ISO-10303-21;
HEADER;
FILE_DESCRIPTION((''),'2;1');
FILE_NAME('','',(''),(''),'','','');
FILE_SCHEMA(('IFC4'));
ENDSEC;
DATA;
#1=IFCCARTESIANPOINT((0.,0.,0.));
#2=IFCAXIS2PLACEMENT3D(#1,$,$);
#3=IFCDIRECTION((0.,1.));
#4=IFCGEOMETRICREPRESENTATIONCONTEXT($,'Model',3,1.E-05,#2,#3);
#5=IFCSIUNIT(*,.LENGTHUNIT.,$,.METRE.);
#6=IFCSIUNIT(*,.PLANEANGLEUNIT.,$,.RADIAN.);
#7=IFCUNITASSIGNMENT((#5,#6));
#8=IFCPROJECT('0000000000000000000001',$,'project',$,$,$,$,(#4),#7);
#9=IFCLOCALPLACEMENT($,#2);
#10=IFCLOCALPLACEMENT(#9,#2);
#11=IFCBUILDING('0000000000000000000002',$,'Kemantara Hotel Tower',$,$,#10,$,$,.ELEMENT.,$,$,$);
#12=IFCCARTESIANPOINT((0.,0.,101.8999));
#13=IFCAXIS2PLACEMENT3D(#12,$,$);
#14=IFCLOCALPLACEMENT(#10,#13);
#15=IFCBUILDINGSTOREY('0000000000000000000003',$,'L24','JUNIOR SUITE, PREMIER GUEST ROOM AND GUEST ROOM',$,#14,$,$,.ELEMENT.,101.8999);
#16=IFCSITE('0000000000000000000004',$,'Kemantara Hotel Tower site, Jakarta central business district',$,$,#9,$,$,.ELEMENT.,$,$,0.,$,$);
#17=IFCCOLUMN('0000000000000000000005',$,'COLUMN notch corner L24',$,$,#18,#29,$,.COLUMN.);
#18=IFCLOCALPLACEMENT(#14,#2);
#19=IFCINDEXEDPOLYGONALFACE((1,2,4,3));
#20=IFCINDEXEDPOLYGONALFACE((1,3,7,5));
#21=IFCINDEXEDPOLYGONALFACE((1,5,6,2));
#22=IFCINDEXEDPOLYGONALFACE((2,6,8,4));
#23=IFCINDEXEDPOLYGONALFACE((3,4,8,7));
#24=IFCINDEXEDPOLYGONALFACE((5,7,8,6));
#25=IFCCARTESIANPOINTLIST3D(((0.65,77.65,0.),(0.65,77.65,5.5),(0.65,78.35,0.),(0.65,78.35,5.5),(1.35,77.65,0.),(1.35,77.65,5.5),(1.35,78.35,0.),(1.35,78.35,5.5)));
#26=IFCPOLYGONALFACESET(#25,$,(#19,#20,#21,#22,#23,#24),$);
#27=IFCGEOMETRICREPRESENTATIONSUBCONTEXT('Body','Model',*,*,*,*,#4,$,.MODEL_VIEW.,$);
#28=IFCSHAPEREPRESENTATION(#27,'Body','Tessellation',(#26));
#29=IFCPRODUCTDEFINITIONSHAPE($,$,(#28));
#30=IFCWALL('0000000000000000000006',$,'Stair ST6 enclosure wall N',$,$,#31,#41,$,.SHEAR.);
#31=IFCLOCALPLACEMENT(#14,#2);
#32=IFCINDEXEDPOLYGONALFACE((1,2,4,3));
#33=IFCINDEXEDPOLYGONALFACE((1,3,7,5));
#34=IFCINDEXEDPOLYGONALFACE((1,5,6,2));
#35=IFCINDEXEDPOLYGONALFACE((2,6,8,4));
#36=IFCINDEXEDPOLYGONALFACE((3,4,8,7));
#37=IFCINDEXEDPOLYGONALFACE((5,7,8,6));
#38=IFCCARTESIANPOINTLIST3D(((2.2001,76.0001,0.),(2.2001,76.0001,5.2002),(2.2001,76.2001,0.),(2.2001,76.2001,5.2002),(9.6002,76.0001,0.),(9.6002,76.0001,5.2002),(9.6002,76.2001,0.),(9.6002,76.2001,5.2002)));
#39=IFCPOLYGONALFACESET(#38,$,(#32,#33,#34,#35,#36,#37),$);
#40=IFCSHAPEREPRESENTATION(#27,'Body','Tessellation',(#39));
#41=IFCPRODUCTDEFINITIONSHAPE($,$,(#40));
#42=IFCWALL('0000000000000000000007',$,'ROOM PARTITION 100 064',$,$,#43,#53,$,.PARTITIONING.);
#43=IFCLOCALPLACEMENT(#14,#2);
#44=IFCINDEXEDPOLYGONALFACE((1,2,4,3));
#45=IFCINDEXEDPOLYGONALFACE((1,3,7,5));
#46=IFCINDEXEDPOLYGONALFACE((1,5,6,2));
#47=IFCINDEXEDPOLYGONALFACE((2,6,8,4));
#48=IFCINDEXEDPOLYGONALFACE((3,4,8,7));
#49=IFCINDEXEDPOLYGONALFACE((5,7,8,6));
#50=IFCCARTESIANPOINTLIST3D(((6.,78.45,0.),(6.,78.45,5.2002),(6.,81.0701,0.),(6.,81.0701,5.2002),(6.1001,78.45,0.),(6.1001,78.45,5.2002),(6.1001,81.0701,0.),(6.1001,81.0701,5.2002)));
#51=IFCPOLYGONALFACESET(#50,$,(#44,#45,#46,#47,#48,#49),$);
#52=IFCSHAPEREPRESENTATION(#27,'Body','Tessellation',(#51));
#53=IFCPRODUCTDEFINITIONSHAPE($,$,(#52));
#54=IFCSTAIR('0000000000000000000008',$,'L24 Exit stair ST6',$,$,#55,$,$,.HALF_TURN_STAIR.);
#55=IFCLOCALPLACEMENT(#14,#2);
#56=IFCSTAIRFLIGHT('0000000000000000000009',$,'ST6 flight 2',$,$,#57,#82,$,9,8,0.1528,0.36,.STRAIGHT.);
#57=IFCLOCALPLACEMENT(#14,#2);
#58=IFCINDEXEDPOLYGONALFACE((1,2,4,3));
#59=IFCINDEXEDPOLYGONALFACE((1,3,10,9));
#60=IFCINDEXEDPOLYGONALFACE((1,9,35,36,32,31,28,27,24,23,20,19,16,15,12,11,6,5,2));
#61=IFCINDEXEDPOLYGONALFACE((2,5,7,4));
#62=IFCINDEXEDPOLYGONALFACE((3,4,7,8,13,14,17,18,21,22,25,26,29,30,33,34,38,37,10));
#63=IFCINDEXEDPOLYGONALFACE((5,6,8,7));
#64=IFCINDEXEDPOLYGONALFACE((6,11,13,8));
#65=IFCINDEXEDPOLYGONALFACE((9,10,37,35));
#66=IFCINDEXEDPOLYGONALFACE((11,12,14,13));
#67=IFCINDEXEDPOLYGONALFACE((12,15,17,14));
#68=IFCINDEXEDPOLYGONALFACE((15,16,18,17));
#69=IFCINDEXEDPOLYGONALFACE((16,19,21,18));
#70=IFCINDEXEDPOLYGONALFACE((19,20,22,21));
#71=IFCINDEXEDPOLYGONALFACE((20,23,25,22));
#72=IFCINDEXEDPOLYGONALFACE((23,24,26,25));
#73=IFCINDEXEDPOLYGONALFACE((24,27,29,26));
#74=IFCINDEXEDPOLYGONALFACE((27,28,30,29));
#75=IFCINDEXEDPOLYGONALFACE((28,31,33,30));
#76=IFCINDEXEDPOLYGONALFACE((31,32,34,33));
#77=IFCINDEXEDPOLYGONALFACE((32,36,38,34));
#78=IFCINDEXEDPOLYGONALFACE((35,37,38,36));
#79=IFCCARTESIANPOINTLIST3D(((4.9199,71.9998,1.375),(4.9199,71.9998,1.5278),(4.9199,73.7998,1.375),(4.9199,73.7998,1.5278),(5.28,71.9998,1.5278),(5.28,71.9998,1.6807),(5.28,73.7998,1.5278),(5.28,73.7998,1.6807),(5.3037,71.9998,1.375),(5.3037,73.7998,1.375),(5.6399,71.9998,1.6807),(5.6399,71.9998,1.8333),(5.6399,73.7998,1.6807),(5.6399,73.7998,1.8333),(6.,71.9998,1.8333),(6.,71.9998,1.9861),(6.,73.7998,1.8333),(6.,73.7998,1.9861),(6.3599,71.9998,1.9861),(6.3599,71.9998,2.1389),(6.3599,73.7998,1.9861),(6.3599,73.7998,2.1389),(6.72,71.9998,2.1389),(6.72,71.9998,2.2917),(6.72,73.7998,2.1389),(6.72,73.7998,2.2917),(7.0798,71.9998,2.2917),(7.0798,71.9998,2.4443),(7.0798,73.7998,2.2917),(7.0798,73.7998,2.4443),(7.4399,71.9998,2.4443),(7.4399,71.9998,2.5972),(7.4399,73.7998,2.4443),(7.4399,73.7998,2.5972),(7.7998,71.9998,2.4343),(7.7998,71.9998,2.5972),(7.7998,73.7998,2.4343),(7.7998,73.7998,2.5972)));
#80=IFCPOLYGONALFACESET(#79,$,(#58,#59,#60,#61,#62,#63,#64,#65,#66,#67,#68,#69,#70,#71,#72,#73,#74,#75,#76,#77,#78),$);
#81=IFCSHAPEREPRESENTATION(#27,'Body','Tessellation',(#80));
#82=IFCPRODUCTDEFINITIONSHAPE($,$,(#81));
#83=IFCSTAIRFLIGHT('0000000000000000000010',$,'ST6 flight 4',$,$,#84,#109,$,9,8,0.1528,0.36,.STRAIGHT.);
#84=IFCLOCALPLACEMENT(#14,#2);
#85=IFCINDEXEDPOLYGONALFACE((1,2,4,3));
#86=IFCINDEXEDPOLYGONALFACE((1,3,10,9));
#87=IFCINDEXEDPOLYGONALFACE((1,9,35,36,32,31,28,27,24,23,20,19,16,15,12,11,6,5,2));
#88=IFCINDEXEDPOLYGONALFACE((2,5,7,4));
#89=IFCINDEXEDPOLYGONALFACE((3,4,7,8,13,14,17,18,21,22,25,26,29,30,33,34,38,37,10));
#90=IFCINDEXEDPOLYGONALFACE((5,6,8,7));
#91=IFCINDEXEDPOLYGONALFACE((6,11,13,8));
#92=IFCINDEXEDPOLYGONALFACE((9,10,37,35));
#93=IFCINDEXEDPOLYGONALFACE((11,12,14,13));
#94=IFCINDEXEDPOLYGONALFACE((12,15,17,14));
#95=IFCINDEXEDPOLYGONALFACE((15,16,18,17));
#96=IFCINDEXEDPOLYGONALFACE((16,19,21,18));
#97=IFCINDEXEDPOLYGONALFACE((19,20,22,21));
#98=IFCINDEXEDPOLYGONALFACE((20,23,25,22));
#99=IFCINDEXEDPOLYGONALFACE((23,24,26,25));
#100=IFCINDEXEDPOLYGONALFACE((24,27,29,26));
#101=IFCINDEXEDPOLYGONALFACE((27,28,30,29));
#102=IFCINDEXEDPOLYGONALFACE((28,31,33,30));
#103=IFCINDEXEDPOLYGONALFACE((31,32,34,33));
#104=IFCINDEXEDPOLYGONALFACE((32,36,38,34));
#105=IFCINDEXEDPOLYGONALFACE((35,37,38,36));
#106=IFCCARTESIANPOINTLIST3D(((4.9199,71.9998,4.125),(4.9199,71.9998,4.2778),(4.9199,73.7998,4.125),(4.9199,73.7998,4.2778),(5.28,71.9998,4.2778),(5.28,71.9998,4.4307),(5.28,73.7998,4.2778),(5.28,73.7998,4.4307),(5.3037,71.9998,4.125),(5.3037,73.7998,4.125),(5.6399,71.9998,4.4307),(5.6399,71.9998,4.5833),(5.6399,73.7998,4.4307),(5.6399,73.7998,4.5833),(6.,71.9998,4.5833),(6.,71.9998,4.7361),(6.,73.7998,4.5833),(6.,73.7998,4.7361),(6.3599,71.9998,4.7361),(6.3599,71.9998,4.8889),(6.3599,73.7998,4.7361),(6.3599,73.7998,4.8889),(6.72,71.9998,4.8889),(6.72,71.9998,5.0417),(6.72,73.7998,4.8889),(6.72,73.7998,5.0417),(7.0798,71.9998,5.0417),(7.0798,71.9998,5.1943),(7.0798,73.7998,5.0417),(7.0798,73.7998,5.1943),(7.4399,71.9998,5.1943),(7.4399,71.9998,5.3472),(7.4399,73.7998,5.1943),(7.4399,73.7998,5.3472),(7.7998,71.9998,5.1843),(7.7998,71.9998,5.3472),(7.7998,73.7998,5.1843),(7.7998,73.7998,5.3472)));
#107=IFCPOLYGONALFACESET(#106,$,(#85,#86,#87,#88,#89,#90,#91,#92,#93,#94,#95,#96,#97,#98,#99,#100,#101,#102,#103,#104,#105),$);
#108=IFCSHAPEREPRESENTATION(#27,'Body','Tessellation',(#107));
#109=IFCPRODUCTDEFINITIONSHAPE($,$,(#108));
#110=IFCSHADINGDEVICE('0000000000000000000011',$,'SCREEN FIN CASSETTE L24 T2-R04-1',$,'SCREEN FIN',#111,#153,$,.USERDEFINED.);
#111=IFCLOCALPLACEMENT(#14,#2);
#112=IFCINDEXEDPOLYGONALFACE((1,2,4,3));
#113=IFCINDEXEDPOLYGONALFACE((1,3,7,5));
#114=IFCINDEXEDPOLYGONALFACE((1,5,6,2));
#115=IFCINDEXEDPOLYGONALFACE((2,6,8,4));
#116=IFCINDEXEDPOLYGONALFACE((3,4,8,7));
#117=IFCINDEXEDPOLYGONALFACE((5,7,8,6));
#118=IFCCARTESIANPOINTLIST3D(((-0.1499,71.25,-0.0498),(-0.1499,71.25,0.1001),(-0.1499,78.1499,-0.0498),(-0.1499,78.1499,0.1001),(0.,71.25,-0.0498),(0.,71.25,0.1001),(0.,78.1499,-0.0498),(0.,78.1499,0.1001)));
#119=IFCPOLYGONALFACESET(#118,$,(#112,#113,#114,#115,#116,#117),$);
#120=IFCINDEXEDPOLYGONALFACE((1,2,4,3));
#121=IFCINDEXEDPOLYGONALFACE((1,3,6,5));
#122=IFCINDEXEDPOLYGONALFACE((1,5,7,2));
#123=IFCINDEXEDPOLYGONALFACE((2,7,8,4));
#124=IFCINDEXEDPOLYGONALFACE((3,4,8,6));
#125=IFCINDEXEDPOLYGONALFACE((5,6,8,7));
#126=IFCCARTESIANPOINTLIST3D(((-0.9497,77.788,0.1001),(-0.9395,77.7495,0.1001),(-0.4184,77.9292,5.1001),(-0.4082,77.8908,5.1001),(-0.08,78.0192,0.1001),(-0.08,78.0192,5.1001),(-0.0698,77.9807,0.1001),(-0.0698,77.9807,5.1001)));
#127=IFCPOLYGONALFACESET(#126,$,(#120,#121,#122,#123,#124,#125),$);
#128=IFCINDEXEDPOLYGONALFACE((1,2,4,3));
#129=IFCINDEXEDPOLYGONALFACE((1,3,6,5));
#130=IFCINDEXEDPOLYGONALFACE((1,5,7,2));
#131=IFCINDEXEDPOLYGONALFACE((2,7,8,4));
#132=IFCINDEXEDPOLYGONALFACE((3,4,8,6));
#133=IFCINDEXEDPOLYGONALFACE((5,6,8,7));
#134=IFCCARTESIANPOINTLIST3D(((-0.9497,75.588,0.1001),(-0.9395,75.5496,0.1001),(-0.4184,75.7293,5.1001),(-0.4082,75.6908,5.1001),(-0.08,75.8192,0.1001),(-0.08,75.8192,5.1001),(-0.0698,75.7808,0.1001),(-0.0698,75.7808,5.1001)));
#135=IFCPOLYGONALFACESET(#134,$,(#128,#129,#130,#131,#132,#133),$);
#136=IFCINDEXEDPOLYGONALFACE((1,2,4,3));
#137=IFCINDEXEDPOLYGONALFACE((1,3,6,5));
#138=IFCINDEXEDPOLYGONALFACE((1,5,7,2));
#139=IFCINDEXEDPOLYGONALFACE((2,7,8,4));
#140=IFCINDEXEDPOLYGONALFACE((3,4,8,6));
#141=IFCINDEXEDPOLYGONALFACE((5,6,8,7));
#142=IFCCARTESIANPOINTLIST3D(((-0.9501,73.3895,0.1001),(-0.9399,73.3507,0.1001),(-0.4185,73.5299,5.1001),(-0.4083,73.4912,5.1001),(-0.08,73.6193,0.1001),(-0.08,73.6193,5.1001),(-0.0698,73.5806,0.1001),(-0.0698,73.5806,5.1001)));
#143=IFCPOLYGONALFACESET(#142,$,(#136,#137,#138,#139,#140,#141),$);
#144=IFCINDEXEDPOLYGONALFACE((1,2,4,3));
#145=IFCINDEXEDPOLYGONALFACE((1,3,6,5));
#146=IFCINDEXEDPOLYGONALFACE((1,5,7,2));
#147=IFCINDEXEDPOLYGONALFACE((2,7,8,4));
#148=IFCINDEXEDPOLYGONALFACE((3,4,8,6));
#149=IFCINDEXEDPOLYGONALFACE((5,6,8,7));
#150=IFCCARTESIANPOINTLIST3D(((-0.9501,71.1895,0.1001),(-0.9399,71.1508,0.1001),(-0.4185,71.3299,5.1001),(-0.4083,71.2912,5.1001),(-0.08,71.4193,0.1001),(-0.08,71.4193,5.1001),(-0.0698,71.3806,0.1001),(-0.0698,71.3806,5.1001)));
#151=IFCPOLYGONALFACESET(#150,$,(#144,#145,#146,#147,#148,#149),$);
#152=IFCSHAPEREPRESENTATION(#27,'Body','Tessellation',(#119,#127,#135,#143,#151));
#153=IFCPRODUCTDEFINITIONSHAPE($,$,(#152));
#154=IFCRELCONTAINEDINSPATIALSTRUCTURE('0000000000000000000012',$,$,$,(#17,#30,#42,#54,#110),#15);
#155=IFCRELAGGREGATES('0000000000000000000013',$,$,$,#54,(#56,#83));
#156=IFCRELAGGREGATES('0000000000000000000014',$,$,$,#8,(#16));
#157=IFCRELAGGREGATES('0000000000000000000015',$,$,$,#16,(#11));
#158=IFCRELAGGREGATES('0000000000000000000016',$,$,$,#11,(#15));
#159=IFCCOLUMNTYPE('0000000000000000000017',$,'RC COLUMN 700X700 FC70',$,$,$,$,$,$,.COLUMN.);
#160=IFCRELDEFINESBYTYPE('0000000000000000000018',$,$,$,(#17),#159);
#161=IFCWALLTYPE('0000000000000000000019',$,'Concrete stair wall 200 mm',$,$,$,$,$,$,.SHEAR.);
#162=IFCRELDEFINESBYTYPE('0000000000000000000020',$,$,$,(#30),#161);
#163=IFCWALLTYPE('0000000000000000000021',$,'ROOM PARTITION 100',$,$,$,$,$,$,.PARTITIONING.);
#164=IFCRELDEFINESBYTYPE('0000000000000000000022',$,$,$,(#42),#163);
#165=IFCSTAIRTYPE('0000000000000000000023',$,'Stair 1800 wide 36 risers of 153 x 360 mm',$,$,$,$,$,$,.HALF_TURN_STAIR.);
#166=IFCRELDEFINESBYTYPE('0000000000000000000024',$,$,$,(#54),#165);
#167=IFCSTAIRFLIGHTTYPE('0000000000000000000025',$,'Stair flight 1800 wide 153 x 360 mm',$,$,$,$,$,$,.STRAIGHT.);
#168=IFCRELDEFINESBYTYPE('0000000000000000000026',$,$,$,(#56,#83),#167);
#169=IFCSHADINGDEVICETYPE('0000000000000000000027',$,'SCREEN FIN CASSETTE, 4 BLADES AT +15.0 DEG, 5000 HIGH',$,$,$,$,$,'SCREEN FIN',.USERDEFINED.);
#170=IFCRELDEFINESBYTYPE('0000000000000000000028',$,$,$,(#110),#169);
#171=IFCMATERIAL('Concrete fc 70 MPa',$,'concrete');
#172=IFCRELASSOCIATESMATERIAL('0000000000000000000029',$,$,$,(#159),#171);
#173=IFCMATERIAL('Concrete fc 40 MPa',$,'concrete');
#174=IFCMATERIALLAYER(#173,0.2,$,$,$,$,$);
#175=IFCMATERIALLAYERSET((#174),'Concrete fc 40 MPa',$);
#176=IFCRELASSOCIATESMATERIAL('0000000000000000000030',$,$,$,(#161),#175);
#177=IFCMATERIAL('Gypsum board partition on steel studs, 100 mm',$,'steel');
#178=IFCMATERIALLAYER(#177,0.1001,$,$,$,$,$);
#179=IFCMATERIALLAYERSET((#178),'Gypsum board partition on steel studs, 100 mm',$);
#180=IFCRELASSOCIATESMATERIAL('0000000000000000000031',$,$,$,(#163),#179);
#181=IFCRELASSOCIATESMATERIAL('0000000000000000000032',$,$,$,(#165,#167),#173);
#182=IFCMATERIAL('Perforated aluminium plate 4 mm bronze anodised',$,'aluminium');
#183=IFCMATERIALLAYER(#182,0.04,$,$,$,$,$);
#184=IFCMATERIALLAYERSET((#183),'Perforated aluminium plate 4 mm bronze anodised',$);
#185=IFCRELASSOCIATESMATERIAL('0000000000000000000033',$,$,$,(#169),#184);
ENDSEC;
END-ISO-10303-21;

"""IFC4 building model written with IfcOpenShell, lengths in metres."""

from ifc_helpers import new_model, si_unit, direction, frame, frame_2d, origin, origin_2d, place, context, subcontext, project, spatial, polyline, rectangle, outline, extrude, source, transform, mapped, material, layer, layer_set, material_profile, profile_set, type_object, element, aggregate, save


model = new_model("IFC4")

# Units and contexts
model_context = context("Model", 3, precision=1e-05, world=origin(), true_north=direction((0.0, 1.0)))
body_context = subcontext(model_context, "Body", "Model", "MODEL_VIEW")
ifc_project = project(units=[si_unit("LENGTHUNIT", "METRE"), si_unit("PLANEANGLEUNIT", "RADIAN")], contexts=[model_context])

# Site, building, storey
site_placement = place(None, origin())
site = spatial("IfcSite", under=ifc_project, at=site_placement, Name="Kemantara Hotel Tower site, Jakarta central business district", CompositionType="ELEMENT", RefElevation=0.0)
building_placement = place(site_placement, origin())
building = spatial("IfcBuilding", under=site, at=building_placement, Name="Kemantara Hotel Tower", CompositionType="ELEMENT")
storey_placement = place(building_placement, frame((0.0, 0.0, 101.8999)))
storey = spatial("IfcBuildingStorey", under=building, at=storey_placement, Name="L24", Description="JUNIOR SUITE, PREMIER GUEST ROOM AND GUEST ROOM", CompositionType="ELEMENT", Elevation=101.8999)

# Column
ifc_material_1 = material(Name="Concrete fc 70 MPa", Category="concrete")
ifc_material_profile = material_profile(ifc_material_1, rectangle(XDim=0.7, YDim=0.7, at=origin_2d()), Name="RC 700X700")
ifc_profile_set = profile_set([ifc_material_profile], Name="Concrete fc 70 MPa")
column_type = type_object("IfcColumnType", Name="RC COLUMN 700X700 FC70", PredefinedType="COLUMN", material=ifc_profile_set)
column_placement = place(storey_placement, frame((1.0, 78.0, 0.0), z_axis=(0.0, 0.0, 1.0), x_axis=(1.0, 0.0, 0.0)))
element("IfcColumn", 1, at=column_placement, inside=storey, type_object=column_type, Name="COLUMN notch corner L24", PredefinedType="COLUMN", context=body_context, shape_type="SweptSolid", body=[
    extrude(rectangle(XDim=0.7, YDim=0.7, at=origin_2d()), origin(), (0.0, 0.0, 1.0), 5.5),
])

# Walls
ifc_material_2 = material(Name="Concrete fc 40 MPa", Category="concrete")
ifc_layer_1 = layer(ifc_material_2, 0.2)
ifc_layer_set_1 = layer_set([ifc_layer_1], Name="Concrete fc 40 MPa")
wall_type_1 = type_object("IfcWallType", Name="Concrete stair wall 200 mm", PredefinedType="SHEAR", material=ifc_layer_set_1)
wall_1_placement = place(storey_placement, frame((2.2, 76.1001, 0.0), z_axis=(0.0, 0.0, 1.0), x_axis=(1.0, 0.0, 0.0)))
element("IfcWall", 2, at=wall_1_placement, inside=storey, type_object=wall_type_1, Name="Stair ST6 enclosure wall N", PredefinedType="SHEAR", context=body_context, shape_type="SweptSolid", body=[
    extrude(rectangle(XDim=7.4001, YDim=0.2, at=frame_2d((3.7002, 0.0))), origin(), (0.0, 0.0, 1.0), 5.2002),
])
ifc_material_3 = material(Name="Gypsum board partition on steel studs, 100 mm", Category="steel")
ifc_layer_2 = layer(ifc_material_3, 0.1001)
ifc_layer_set_2 = layer_set([ifc_layer_2], Name="Gypsum board partition on steel studs, 100 mm")
wall_type_2 = type_object("IfcWallType", Name="ROOM PARTITION 100", PredefinedType="PARTITIONING", material=ifc_layer_set_2)
wall_2_placement = place(storey_placement, frame((6.05, 78.45, 0.0), z_axis=(0.0, 0.0, 1.0), x_axis=(0.0, 1.0, 0.0)))
element("IfcWall", 3, at=wall_2_placement, inside=storey, type_object=wall_type_2, Name="ROOM PARTITION 100 064", PredefinedType="PARTITIONING", context=body_context, shape_type="SweptSolid", body=[
    extrude(rectangle(XDim=2.6201, YDim=0.1001, at=frame_2d((1.3101, 0.0))), origin(), (0.0, 0.0, 1.0), 5.2002),
])

# Stair, stair flights
stair_type = type_object("IfcStairType", Name="Stair 1800 wide 36 risers of 153 x 360 mm", PredefinedType="HALF_TURN_STAIR", material=ifc_material_2)
stair_placement = place(storey_placement, origin())
stair = element("IfcStair", 4, at=stair_placement, inside=storey, type_object=stair_type, Name="L24 Exit stair ST6", PredefinedType="HALF_TURN_STAIR")
stair_flight_type = type_object("IfcStairFlightType", Name="Stair flight 1800 wide 153 x 360 mm", PredefinedType="STRAIGHT", material=ifc_material_2)
stair_flight_1_placement = place(storey_placement, frame((4.9199, 72.8999, 1.375), z_axis=(0.0, 0.0, 1.0), x_axis=(1.0, 0.0, 0.0)))
stair_flight_1 = element("IfcStairFlight", 5, at=stair_flight_1_placement, type_object=stair_flight_type, Name="ST6 flight 2", NumberOfRisers=9, NumberOfTreads=8, PredefinedType="STRAIGHT", RiserHeight=0.1528, TreadLength=0.36, context=body_context, shape_type="SweptSolid", body=[
    extrude(outline(polyline([(0.0, 0.0), (0.0, 0.1528), (0.3601, 0.1528), (0.3601, 0.3057), (0.72, 0.3057), (0.72, 0.4583), (1.0801, 0.4583), (1.0801, 0.6111), (1.4399, 0.6111), (1.4399, 0.7639), (1.8, 0.7639), (1.8, 0.9167), (2.1599, 0.9167), (2.1599, 1.0693), (2.52, 1.0693), (2.52, 1.2222), (2.8799, 1.2222), (2.8799, 1.375), (2.8799, 1.0593), (0.3838, 0.0), (0.0, 0.0)])), frame((0.0, 0.8999, 0.0), z_axis=(0.0, -1.0, 0.0), x_axis=(1.0, 0.0, 0.0)), (0.0, 0.0, 1.0), 1.8),
])
stair_flight_2_placement = place(storey_placement, frame((4.9199, 72.8999, 4.125), z_axis=(0.0, 0.0, 1.0), x_axis=(1.0, 0.0, 0.0)))
stair_flight_2 = element("IfcStairFlight", 6, at=stair_flight_2_placement, type_object=stair_flight_type, Name="ST6 flight 4", NumberOfRisers=9, NumberOfTreads=8, PredefinedType="STRAIGHT", RiserHeight=0.1528, TreadLength=0.36, context=body_context, shape_type="SweptSolid", body=[
    extrude(outline(polyline([(0.0, 0.0), (0.0, 0.1528), (0.3601, 0.1528), (0.3601, 0.3057), (0.72, 0.3057), (0.72, 0.4583), (1.0801, 0.4583), (1.0801, 0.6111), (1.4399, 0.6111), (1.4399, 0.7639), (1.8, 0.7639), (1.8, 0.9167), (2.1599, 0.9167), (2.1599, 1.0693), (2.52, 1.0693), (2.52, 1.2222), (2.8799, 1.2222), (2.8799, 1.375), (2.8799, 1.0593), (0.3838, 0.0), (0.0, 0.0)])), frame((0.0, 0.8999, 0.0), z_axis=(0.0, -1.0, 0.0), x_axis=(1.0, 0.0, 0.0)), (0.0, 0.0, 1.0), 1.8),
])
aggregate(stair, [stair_flight_1, stair_flight_2])

# Shading device
ifc_material_4 = material(Name="Perforated aluminium plate 4 mm bronze anodised", Category="aluminium")
ifc_layer_3 = layer(ifc_material_4, 0.04)
ifc_layer_set_3 = layer_set([ifc_layer_3], Name="Perforated aluminium plate 4 mm bronze anodised")
shading_device_type = type_object("IfcShadingDeviceType", Name="SCREEN FIN CASSETTE, 4 BLADES AT +15.0 DEG, 5000 HIGH", ElementType="SCREEN FIN", PredefinedType="USERDEFINED", material=ifc_layer_set_3)
shared_shape = source(origin(), body_context, "Body", "SweptSolid", [
    extrude(rectangle(XDim=6.8999, YDim=0.1499, at=origin_2d()), frame((3.3, -0.075, -0.1499), z_axis=(0.0, 0.0, 1.0), x_axis=(1.0, 0.0, 0.0)), (0.0, 0.0, 1.0), 0.1499),
    extrude(outline(polyline([(0.0, 0.0), (0.8999, 0.0), (0.3501, 5.0), (0.0, 5.0), (0.0, 0.0)])), frame((0.0193, -0.0698, 0.0), z_axis=(-0.966438, -0.256901, 0.0), x_axis=(0.256901, -0.966438, 0.0)), (0.0, 0.0, 1.0), 0.0398),
    extrude(outline(polyline([(0.0, 0.0), (0.8999, 0.0), (0.3501, 5.0), (0.0, 5.0), (0.0, 0.0)])), frame((2.2192, -0.0698, 0.0), z_axis=(-0.966438, -0.256901, 0.0), x_axis=(0.256901, -0.966438, 0.0)), (0.0, 0.0, 1.0), 0.0398),
    extrude(outline(polyline([(0.0, 0.0), (0.8999, 0.0), (0.3501, 5.0), (0.0, 5.0), (0.0, 0.0)])), frame((4.4194, -0.0698, 0.0), z_axis=(-0.966838, -0.255391, 0.0), x_axis=(0.255391, -0.966838, 0.0)), (0.0, 0.0, 1.0), 0.04),
    extrude(outline(polyline([(0.0, 0.0), (0.8999, 0.0), (0.3501, 5.0), (0.0, 5.0), (0.0, 0.0)])), frame((6.6194, -0.0698, 0.0), z_axis=(-0.966838, -0.255391, 0.0), x_axis=(0.255391, -0.966838, 0.0)), (0.0, 0.0, 1.0), 0.04),
])
shading_device_placement = place(storey_placement, frame((0.0, 78.0, 0.1001), z_axis=(0.0, 0.0, 1.0), x_axis=(0.0, -1.0, 0.0)))
element("IfcShadingDevice", 7, at=shading_device_placement, inside=storey, type_object=shading_device_type, Name="SCREEN FIN CASSETTE L24 T2-R04-1", ObjectType="SCREEN FIN", PredefinedType="USERDEFINED", context=body_context, shape_type="MappedRepresentation", body=[
    mapped(shared_shape, transform((0.0, 0.0, 0.0))),
])

save(model, "model.ifc")
